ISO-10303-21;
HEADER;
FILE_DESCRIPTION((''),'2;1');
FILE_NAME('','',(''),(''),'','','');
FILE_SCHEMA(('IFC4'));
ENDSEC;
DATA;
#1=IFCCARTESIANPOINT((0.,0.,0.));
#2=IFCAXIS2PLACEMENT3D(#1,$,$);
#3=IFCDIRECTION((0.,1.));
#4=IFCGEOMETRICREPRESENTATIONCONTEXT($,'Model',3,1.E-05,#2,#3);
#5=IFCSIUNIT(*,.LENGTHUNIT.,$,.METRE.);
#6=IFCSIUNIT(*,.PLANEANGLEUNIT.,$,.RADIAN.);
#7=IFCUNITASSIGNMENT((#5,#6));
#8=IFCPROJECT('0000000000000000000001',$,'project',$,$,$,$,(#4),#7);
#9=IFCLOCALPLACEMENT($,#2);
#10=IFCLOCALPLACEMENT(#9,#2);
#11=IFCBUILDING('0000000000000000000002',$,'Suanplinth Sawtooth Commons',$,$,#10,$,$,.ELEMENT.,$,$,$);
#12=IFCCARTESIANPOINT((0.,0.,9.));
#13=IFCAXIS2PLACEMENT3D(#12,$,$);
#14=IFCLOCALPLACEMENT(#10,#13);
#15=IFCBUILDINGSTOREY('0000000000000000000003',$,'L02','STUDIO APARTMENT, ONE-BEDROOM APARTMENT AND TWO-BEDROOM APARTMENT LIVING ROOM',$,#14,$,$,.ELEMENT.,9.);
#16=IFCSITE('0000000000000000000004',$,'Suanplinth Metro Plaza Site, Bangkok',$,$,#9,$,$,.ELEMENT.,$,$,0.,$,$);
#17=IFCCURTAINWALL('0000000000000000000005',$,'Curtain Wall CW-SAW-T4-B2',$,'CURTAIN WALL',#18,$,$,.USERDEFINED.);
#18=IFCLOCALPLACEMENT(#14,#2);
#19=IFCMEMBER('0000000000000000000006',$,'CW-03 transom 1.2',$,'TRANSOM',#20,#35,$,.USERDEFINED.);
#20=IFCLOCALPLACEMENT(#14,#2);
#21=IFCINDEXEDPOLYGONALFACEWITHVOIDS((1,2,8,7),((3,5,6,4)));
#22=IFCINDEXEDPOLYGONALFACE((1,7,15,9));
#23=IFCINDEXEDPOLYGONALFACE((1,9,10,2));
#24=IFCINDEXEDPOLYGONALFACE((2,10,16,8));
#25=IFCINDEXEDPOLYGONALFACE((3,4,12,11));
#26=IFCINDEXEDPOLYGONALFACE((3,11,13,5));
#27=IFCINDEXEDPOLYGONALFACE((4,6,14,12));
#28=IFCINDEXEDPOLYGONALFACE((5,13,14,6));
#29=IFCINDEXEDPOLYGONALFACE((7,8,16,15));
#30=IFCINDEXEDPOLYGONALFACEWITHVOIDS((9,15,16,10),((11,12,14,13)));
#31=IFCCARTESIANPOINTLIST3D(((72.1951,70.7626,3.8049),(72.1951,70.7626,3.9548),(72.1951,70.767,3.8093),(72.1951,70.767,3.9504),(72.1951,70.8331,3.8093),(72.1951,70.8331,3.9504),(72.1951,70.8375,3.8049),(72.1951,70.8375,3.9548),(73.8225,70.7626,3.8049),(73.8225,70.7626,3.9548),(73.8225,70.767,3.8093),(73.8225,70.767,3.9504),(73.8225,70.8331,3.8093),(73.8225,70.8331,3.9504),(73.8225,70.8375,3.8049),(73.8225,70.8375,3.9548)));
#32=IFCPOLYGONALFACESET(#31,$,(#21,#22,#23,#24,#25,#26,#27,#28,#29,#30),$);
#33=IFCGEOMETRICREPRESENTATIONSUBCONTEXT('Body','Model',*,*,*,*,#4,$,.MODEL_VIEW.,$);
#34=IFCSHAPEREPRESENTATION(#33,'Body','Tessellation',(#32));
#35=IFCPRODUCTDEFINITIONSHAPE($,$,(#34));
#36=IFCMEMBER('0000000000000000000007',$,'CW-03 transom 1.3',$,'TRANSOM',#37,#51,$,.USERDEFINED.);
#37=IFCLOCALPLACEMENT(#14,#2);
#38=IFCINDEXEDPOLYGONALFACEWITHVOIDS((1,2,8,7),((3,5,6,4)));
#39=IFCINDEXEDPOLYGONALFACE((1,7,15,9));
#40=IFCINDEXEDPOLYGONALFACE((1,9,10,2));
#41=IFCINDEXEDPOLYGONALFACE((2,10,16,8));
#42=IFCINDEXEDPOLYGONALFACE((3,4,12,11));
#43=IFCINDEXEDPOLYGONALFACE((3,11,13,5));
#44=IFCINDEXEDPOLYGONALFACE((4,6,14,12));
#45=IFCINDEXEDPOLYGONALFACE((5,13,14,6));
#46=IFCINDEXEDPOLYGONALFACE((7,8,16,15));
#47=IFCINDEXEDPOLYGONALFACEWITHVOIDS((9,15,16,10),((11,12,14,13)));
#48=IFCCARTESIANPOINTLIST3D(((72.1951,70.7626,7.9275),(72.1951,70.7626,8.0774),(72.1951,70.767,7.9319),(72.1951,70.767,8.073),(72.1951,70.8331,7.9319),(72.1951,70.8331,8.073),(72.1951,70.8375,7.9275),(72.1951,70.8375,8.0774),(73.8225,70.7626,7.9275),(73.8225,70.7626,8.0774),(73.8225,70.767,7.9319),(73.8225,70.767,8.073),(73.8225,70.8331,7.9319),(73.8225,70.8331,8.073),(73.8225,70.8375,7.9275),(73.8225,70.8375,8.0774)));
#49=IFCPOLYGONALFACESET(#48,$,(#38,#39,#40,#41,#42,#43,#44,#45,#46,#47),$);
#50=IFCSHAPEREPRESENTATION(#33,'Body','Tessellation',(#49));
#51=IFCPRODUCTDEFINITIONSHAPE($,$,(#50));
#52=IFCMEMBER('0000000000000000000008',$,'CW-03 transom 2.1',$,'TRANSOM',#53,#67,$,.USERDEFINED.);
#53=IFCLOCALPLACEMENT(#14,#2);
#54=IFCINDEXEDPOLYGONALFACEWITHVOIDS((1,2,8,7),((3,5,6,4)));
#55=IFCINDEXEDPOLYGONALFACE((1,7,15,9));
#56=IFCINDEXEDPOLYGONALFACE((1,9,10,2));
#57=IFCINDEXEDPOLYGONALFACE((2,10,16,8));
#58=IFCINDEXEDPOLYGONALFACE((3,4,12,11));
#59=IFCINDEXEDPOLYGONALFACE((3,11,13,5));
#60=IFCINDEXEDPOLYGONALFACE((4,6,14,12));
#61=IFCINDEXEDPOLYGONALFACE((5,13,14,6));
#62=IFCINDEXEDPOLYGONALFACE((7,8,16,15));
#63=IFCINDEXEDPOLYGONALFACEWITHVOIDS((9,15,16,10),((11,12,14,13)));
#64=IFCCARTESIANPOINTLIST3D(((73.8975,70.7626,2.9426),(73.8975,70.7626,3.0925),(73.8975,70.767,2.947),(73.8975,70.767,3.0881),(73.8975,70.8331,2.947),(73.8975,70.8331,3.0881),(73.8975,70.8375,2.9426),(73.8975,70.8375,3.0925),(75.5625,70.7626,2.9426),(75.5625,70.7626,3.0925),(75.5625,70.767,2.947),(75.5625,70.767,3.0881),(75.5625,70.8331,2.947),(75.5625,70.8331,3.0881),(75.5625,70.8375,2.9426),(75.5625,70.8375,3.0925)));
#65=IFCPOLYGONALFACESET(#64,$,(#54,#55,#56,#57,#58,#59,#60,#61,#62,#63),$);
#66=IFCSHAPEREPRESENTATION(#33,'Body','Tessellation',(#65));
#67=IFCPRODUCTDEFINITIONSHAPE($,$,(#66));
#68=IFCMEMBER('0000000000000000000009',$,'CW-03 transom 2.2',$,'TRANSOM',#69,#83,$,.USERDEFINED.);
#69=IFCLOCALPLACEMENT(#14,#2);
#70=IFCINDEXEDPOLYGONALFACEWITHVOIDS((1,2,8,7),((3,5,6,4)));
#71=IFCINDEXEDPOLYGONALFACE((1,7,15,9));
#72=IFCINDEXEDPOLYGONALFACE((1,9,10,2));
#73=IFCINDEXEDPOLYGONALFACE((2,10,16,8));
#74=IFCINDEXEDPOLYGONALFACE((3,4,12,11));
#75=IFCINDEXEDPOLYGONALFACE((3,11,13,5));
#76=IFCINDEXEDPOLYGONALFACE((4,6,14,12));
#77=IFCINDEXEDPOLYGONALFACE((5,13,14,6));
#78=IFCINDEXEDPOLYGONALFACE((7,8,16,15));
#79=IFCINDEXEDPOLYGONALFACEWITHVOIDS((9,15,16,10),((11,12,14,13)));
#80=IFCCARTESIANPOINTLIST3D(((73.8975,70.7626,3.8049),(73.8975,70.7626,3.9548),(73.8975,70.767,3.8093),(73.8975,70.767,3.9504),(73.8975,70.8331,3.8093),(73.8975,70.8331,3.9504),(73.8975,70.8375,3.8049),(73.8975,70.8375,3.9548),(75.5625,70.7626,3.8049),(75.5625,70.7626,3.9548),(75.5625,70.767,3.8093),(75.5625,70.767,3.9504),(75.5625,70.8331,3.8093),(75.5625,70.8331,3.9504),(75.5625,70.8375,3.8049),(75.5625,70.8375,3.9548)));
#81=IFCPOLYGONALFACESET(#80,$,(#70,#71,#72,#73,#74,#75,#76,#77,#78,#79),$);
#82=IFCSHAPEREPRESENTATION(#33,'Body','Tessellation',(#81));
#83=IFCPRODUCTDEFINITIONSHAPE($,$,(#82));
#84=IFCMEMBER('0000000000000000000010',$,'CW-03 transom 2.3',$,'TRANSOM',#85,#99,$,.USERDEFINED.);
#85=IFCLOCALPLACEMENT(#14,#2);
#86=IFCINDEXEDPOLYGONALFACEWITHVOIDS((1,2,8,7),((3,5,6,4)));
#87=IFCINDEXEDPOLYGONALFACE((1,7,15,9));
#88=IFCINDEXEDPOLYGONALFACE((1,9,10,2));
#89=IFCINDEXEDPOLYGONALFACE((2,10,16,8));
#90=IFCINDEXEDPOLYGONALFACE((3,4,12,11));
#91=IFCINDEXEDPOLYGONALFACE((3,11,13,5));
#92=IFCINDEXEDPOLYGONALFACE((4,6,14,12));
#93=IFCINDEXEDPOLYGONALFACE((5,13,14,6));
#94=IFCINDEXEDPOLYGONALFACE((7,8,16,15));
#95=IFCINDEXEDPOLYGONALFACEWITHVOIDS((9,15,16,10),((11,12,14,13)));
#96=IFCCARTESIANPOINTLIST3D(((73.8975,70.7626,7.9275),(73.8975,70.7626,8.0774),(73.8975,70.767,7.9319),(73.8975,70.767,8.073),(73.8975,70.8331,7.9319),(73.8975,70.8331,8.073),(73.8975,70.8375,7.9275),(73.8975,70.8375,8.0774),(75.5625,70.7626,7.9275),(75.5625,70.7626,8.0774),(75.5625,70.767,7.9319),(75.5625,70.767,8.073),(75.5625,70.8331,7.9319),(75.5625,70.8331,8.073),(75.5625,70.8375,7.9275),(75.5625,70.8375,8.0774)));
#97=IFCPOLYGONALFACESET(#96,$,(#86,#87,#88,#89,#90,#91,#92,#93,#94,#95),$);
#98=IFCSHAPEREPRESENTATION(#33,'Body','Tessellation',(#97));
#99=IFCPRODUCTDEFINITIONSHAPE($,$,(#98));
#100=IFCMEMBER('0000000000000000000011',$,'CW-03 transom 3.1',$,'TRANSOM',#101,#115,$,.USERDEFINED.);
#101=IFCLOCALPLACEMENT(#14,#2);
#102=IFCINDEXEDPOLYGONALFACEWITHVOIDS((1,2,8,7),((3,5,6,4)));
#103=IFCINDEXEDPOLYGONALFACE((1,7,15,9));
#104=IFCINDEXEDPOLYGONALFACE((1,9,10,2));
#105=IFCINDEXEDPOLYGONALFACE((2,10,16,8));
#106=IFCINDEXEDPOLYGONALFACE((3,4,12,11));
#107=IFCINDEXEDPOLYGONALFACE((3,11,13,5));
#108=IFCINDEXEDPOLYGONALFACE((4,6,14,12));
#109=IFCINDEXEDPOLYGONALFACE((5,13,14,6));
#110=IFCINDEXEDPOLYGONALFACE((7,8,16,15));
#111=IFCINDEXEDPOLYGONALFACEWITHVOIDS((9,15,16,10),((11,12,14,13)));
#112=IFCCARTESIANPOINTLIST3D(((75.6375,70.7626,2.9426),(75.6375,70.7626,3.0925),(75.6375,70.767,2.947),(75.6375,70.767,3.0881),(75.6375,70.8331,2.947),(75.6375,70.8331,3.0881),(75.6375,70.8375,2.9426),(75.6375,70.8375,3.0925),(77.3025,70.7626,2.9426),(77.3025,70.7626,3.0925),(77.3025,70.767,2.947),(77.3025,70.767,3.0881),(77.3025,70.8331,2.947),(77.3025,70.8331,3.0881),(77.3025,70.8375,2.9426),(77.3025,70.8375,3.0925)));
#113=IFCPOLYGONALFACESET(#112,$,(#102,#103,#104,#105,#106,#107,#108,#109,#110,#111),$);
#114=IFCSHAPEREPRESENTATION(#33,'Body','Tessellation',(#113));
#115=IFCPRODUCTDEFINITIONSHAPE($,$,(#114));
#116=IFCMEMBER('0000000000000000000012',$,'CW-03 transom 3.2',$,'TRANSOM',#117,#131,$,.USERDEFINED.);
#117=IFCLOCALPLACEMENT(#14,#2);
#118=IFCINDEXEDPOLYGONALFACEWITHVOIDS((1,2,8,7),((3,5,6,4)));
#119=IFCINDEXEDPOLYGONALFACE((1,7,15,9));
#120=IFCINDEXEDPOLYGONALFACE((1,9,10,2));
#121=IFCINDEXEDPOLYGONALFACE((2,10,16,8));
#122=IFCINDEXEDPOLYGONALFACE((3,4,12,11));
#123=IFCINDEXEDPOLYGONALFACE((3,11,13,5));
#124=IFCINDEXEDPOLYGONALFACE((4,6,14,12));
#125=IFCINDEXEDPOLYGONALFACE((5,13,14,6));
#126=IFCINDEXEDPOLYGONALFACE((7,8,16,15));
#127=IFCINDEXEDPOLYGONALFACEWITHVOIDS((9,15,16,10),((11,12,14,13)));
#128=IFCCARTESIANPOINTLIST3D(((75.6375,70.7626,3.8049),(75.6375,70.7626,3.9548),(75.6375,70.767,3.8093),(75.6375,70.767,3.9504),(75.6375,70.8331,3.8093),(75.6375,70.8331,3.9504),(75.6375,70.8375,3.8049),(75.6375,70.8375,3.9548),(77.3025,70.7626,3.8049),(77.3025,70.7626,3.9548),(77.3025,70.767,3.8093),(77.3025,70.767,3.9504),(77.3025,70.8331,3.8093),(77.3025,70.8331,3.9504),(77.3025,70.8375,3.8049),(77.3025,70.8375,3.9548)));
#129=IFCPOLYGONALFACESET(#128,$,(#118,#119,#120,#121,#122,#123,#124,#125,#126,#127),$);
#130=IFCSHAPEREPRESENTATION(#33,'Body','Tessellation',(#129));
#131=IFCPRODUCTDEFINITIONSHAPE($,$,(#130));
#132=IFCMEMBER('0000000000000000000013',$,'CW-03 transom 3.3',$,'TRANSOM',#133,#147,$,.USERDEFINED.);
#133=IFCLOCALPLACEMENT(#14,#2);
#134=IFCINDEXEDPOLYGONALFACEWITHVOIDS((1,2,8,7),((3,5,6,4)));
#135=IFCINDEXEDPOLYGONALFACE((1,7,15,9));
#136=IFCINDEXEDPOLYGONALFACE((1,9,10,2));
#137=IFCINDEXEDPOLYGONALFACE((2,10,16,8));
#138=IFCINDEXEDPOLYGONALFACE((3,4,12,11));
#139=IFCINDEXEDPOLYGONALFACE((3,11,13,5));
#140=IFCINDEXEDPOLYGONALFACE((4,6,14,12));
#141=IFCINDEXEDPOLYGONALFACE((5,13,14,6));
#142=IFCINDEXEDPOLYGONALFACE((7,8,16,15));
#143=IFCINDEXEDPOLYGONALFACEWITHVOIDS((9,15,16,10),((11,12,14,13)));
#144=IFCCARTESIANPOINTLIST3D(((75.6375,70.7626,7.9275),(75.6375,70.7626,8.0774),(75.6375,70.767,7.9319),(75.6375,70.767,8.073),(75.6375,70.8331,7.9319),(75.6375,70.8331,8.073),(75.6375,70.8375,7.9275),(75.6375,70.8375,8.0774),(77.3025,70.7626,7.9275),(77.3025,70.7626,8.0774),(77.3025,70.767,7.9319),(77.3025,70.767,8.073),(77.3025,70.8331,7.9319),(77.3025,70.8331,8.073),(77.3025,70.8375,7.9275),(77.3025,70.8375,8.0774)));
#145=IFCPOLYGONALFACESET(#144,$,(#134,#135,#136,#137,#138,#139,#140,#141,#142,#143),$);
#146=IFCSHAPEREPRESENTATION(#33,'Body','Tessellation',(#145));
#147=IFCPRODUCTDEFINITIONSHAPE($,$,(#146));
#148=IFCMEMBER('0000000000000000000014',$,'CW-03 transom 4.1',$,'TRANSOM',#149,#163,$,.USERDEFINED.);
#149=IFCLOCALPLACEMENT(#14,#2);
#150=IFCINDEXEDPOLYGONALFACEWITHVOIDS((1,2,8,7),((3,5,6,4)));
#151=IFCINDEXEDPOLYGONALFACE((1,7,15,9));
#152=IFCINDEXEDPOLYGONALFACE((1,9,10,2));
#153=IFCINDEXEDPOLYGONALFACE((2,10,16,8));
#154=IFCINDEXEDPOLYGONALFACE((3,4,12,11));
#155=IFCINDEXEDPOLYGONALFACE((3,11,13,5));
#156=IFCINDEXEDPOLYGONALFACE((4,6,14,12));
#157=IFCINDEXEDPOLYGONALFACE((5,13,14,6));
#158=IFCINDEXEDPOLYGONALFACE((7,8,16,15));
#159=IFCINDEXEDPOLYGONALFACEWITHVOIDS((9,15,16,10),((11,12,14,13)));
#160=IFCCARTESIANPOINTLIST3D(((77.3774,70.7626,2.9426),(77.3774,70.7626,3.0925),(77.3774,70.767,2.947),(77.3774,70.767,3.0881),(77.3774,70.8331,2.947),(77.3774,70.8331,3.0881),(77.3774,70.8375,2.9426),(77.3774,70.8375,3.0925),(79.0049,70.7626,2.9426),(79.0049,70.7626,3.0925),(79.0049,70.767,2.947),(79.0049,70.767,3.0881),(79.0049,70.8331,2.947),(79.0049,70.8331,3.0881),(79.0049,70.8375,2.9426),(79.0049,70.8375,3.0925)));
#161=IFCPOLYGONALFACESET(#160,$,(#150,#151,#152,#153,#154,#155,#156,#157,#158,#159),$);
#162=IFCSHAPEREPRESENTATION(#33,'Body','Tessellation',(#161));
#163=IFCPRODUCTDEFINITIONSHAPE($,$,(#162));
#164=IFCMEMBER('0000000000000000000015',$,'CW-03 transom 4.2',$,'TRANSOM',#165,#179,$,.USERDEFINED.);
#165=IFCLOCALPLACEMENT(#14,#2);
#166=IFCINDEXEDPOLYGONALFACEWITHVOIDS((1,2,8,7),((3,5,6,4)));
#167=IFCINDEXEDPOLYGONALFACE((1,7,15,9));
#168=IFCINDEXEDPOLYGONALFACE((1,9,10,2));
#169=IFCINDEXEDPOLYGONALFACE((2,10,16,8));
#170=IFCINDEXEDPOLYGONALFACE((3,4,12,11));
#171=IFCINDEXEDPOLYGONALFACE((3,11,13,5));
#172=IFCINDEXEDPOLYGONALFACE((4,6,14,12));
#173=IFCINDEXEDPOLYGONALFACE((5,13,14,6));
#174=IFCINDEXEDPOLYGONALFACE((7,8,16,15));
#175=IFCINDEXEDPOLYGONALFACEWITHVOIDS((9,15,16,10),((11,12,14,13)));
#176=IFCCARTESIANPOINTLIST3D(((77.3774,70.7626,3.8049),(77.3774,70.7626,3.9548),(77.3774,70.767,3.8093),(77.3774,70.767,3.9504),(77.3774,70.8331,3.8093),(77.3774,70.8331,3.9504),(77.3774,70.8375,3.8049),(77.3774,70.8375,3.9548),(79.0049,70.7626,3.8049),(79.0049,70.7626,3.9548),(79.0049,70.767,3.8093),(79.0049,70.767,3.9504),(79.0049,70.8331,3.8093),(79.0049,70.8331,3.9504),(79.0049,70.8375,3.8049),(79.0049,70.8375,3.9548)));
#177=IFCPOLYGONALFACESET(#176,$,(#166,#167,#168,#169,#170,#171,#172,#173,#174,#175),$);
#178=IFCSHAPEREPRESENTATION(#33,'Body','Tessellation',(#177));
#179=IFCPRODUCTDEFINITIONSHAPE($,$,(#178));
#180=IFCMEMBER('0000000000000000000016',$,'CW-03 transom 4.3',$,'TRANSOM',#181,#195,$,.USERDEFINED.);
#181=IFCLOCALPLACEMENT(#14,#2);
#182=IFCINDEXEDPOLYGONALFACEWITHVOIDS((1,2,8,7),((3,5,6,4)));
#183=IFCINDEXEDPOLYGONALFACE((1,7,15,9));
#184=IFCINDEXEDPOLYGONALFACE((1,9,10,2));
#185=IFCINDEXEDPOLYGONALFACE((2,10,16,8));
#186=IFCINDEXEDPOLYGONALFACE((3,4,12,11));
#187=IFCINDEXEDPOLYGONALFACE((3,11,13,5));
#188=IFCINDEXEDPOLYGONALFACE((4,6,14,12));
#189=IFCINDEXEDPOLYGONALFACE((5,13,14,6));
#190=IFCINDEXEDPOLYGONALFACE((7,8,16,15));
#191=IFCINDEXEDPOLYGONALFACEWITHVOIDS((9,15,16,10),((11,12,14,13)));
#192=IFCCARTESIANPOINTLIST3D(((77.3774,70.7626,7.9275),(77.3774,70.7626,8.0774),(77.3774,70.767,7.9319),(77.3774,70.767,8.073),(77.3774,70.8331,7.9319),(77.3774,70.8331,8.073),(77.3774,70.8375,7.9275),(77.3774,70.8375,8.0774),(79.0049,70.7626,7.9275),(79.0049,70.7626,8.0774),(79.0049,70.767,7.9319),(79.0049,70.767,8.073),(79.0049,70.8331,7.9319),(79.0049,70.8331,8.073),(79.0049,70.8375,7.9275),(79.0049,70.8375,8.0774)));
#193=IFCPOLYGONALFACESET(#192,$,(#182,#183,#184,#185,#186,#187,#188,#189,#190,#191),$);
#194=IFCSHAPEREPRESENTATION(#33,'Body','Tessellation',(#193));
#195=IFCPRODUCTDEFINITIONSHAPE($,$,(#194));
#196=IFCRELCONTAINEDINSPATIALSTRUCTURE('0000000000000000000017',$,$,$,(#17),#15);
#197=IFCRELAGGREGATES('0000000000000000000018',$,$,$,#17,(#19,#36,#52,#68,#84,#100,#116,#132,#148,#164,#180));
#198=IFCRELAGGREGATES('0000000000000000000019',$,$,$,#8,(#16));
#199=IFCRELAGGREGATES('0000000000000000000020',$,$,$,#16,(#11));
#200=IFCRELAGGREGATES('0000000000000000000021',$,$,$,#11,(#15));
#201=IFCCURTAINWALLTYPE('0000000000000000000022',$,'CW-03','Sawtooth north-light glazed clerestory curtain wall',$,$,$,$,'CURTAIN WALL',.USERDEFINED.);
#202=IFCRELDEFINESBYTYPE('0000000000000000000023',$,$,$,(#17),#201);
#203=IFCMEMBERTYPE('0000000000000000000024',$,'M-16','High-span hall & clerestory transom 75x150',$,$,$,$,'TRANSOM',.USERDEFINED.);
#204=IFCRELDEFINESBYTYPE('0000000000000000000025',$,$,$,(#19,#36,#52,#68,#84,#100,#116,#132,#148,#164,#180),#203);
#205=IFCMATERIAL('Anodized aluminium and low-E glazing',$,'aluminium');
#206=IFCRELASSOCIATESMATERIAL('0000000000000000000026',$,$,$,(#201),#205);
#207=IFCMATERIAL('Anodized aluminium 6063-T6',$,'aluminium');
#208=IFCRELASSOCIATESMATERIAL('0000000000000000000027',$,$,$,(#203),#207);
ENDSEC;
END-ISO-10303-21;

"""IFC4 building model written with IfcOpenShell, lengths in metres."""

from ifc_helpers import new_model, si_unit, direction, frame, origin, origin_2d, place, context, subcontext, project, spatial, hollow_rectangle, extrude, material, material_profile, profile_set, type_object, element, aggregate, save


model = new_model("IFC4")

# Units and contexts
model_context = context("Model", 3, precision=1e-05, world=origin(), true_north=direction((0.0, 1.0)))
body_context = subcontext(model_context, "Body", "Model", "MODEL_VIEW")
ifc_project = project(units=[si_unit("LENGTHUNIT", "METRE"), si_unit("PLANEANGLEUNIT", "RADIAN")], contexts=[model_context])

# Site, building, storey
site_placement = place(None, origin())
site = spatial("IfcSite", under=ifc_project, at=site_placement, Name="Suanplinth Metro Plaza Site, Bangkok", CompositionType="ELEMENT", RefElevation=0.0)
building_placement = place(site_placement, origin())
building = spatial("IfcBuilding", under=site, at=building_placement, Name="Suanplinth Sawtooth Commons", CompositionType="ELEMENT")
storey_placement = place(building_placement, frame((0.0, 0.0, 9.0)))
storey = spatial("IfcBuildingStorey", under=building, at=storey_placement, Name="L02", Description="STUDIO APARTMENT, ONE-BEDROOM APARTMENT AND TWO-BEDROOM APARTMENT LIVING ROOM", CompositionType="ELEMENT", Elevation=9.0)

# Shared definitions
ifc_material_1 = material(Name="Anodized aluminium and low-E glazing", Category="aluminium")
curtain_wall_type = type_object("IfcCurtainWallType", Name="CW-03", Description="Sawtooth north-light glazed clerestory curtain wall", ElementType="CURTAIN WALL", PredefinedType="USERDEFINED", material=ifc_material_1)
ifc_material_2 = material(Name="Anodized aluminium 6063-T6", Category="aluminium")

# Curtain wall, members
curtain_wall_1_placement = place(storey_placement, origin())
curtain_wall_1 = element("IfcCurtainWall", 1, at=curtain_wall_1_placement, inside=storey, type_object=curtain_wall_type, Name="Curtain Wall CW-SAW-T4-B2", ObjectType="CURTAIN WALL", PredefinedType="USERDEFINED")
ifc_material_profile_1 = material_profile(ifc_material_2, hollow_rectangle(XDim=0.075, YDim=0.1499, WallThickness=0.0044, at=origin_2d()), Name="ALU-TRN 75x150")
ifc_profile_set_1 = profile_set([ifc_material_profile_1], Name="Anodized aluminium 6063-T6")
member_type_1 = type_object("IfcMemberType", Name="M-16", Description="High-span hall & clerestory transom 75x150", ElementType="TRANSOM", PredefinedType="USERDEFINED", material=ifc_profile_set_1)
member_1_placement = place(storey_placement, frame((72.1951, 70.8, 3.8799), z_axis=(1.0, 0.0, 0.0), x_axis=(0.0, 1.0, 0.0)))
member_1 = element("IfcMember", 2, at=member_1_placement, type_object=member_type_1, Name="CW-03 transom 1.2", ObjectType="TRANSOM", PredefinedType="USERDEFINED", context=body_context, shape_type="SweptSolid", body=[
    extrude(hollow_rectangle(XDim=0.075, YDim=0.1499, WallThickness=0.0044, at=origin_2d()), origin(), (0.0, 0.0, 1.0), 1.6274),
])
member_2_placement = place(storey_placement, frame((72.1951, 70.8, 8.0024), z_axis=(1.0, 0.0, 0.0), x_axis=(0.0, 1.0, 0.0)))
member_2 = element("IfcMember", 3, at=member_2_placement, type_object=member_type_1, Name="CW-03 transom 1.3", ObjectType="TRANSOM", PredefinedType="USERDEFINED", context=body_context, shape_type="SweptSolid", body=[
    extrude(hollow_rectangle(XDim=0.075, YDim=0.1499, WallThickness=0.0044, at=origin_2d()), origin(), (0.0, 0.0, 1.0), 1.6274),
])
member_3_placement = place(storey_placement, frame((73.8975, 70.8, 3.0176), z_axis=(1.0, 0.0, 0.0), x_axis=(0.0, 1.0, 0.0)))
member_3 = element("IfcMember", 4, at=member_3_placement, type_object=member_type_1, Name="CW-03 transom 2.1", ObjectType="TRANSOM", PredefinedType="USERDEFINED", context=body_context, shape_type="SweptSolid", body=[
    extrude(hollow_rectangle(XDim=0.075, YDim=0.1499, WallThickness=0.0044, at=origin_2d()), origin(), (0.0, 0.0, 1.0), 1.665),
])
member_4_placement = place(storey_placement, frame((73.8975, 70.8, 3.8799), z_axis=(1.0, 0.0, 0.0), x_axis=(0.0, 1.0, 0.0)))
member_4 = element("IfcMember", 5, at=member_4_placement, type_object=member_type_1, Name="CW-03 transom 2.2", ObjectType="TRANSOM", PredefinedType="USERDEFINED", context=body_context, shape_type="SweptSolid", body=[
    extrude(hollow_rectangle(XDim=0.075, YDim=0.1499, WallThickness=0.0044, at=origin_2d()), origin(), (0.0, 0.0, 1.0), 1.665),
])
member_5_placement = place(storey_placement, frame((73.8975, 70.8, 8.0024), z_axis=(1.0, 0.0, 0.0), x_axis=(0.0, 1.0, 0.0)))
member_5 = element("IfcMember", 6, at=member_5_placement, type_object=member_type_1, Name="CW-03 transom 2.3", ObjectType="TRANSOM", PredefinedType="USERDEFINED", context=body_context, shape_type="SweptSolid", body=[
    extrude(hollow_rectangle(XDim=0.075, YDim=0.1499, WallThickness=0.0044, at=origin_2d()), origin(), (0.0, 0.0, 1.0), 1.665),
])
member_6_placement = place(storey_placement, frame((75.6375, 70.8, 3.0176), z_axis=(1.0, 0.0, 0.0), x_axis=(0.0, 1.0, 0.0)))
member_6 = element("IfcMember", 7, at=member_6_placement, type_object=member_type_1, Name="CW-03 transom 3.1", ObjectType="TRANSOM", PredefinedType="USERDEFINED", context=body_context, shape_type="SweptSolid", body=[
    extrude(hollow_rectangle(XDim=0.075, YDim=0.1499, WallThickness=0.0044, at=origin_2d()), origin(), (0.0, 0.0, 1.0), 1.665),
])
member_7_placement = place(storey_placement, frame((75.6375, 70.8, 3.8799), z_axis=(1.0, 0.0, 0.0), x_axis=(0.0, 1.0, 0.0)))
member_7 = element("IfcMember", 8, at=member_7_placement, type_object=member_type_1, Name="CW-03 transom 3.2", ObjectType="TRANSOM", PredefinedType="USERDEFINED", context=body_context, shape_type="SweptSolid", body=[
    extrude(hollow_rectangle(XDim=0.075, YDim=0.1499, WallThickness=0.0044, at=origin_2d()), origin(), (0.0, 0.0, 1.0), 1.665),
])
member_8_placement = place(storey_placement, frame((75.6375, 70.8, 8.0024), z_axis=(1.0, 0.0, 0.0), x_axis=(0.0, 1.0, 0.0)))
member_8 = element("IfcMember", 9, at=member_8_placement, type_object=member_type_1, Name="CW-03 transom 3.3", ObjectType="TRANSOM", PredefinedType="USERDEFINED", context=body_context, shape_type="SweptSolid", body=[
    extrude(hollow_rectangle(XDim=0.075, YDim=0.1499, WallThickness=0.0044, at=origin_2d()), origin(), (0.0, 0.0, 1.0), 1.665),
])
member_9_placement = place(storey_placement, frame((77.3774, 70.8, 3.0176), z_axis=(1.0, 0.0, 0.0), x_axis=(0.0, 1.0, 0.0)))
member_9 = element("IfcMember", 10, at=member_9_placement, type_object=member_type_1, Name="CW-03 transom 4.1", ObjectType="TRANSOM", PredefinedType="USERDEFINED", context=body_context, shape_type="SweptSolid", body=[
    extrude(hollow_rectangle(XDim=0.075, YDim=0.1499, WallThickness=0.0044, at=origin_2d()), origin(), (0.0, 0.0, 1.0), 1.6274),
])
member_10_placement = place(storey_placement, frame((77.3774, 70.8, 3.8799), z_axis=(1.0, 0.0, 0.0), x_axis=(0.0, 1.0, 0.0)))
member_10 = element("IfcMember", 11, at=member_10_placement, type_object=member_type_1, Name="CW-03 transom 4.2", ObjectType="TRANSOM", PredefinedType="USERDEFINED", context=body_context, shape_type="SweptSolid", body=[
    extrude(hollow_rectangle(XDim=0.075, YDim=0.1499, WallThickness=0.0044, at=origin_2d()), origin(), (0.0, 0.0, 1.0), 1.6274),
])
member_11_placement = place(storey_placement, frame((77.3774, 70.8, 8.0024), z_axis=(1.0, 0.0, 0.0), x_axis=(0.0, 1.0, 0.0)))
member_11 = element("IfcMember", 12, at=member_11_placement, type_object=member_type_1, Name="CW-03 transom 4.3", ObjectType="TRANSOM", PredefinedType="USERDEFINED", context=body_context, shape_type="SweptSolid", body=[
    extrude(hollow_rectangle(XDim=0.075, YDim=0.1499, WallThickness=0.0044, at=origin_2d()), origin(), (0.0, 0.0, 1.0), 1.6274),
])

aggregate(curtain_wall_1, [member_1, member_2, member_3, member_4, member_5, member_6, member_7, member_8, member_9, member_10, member_11])

save(model, "model.ifc")
